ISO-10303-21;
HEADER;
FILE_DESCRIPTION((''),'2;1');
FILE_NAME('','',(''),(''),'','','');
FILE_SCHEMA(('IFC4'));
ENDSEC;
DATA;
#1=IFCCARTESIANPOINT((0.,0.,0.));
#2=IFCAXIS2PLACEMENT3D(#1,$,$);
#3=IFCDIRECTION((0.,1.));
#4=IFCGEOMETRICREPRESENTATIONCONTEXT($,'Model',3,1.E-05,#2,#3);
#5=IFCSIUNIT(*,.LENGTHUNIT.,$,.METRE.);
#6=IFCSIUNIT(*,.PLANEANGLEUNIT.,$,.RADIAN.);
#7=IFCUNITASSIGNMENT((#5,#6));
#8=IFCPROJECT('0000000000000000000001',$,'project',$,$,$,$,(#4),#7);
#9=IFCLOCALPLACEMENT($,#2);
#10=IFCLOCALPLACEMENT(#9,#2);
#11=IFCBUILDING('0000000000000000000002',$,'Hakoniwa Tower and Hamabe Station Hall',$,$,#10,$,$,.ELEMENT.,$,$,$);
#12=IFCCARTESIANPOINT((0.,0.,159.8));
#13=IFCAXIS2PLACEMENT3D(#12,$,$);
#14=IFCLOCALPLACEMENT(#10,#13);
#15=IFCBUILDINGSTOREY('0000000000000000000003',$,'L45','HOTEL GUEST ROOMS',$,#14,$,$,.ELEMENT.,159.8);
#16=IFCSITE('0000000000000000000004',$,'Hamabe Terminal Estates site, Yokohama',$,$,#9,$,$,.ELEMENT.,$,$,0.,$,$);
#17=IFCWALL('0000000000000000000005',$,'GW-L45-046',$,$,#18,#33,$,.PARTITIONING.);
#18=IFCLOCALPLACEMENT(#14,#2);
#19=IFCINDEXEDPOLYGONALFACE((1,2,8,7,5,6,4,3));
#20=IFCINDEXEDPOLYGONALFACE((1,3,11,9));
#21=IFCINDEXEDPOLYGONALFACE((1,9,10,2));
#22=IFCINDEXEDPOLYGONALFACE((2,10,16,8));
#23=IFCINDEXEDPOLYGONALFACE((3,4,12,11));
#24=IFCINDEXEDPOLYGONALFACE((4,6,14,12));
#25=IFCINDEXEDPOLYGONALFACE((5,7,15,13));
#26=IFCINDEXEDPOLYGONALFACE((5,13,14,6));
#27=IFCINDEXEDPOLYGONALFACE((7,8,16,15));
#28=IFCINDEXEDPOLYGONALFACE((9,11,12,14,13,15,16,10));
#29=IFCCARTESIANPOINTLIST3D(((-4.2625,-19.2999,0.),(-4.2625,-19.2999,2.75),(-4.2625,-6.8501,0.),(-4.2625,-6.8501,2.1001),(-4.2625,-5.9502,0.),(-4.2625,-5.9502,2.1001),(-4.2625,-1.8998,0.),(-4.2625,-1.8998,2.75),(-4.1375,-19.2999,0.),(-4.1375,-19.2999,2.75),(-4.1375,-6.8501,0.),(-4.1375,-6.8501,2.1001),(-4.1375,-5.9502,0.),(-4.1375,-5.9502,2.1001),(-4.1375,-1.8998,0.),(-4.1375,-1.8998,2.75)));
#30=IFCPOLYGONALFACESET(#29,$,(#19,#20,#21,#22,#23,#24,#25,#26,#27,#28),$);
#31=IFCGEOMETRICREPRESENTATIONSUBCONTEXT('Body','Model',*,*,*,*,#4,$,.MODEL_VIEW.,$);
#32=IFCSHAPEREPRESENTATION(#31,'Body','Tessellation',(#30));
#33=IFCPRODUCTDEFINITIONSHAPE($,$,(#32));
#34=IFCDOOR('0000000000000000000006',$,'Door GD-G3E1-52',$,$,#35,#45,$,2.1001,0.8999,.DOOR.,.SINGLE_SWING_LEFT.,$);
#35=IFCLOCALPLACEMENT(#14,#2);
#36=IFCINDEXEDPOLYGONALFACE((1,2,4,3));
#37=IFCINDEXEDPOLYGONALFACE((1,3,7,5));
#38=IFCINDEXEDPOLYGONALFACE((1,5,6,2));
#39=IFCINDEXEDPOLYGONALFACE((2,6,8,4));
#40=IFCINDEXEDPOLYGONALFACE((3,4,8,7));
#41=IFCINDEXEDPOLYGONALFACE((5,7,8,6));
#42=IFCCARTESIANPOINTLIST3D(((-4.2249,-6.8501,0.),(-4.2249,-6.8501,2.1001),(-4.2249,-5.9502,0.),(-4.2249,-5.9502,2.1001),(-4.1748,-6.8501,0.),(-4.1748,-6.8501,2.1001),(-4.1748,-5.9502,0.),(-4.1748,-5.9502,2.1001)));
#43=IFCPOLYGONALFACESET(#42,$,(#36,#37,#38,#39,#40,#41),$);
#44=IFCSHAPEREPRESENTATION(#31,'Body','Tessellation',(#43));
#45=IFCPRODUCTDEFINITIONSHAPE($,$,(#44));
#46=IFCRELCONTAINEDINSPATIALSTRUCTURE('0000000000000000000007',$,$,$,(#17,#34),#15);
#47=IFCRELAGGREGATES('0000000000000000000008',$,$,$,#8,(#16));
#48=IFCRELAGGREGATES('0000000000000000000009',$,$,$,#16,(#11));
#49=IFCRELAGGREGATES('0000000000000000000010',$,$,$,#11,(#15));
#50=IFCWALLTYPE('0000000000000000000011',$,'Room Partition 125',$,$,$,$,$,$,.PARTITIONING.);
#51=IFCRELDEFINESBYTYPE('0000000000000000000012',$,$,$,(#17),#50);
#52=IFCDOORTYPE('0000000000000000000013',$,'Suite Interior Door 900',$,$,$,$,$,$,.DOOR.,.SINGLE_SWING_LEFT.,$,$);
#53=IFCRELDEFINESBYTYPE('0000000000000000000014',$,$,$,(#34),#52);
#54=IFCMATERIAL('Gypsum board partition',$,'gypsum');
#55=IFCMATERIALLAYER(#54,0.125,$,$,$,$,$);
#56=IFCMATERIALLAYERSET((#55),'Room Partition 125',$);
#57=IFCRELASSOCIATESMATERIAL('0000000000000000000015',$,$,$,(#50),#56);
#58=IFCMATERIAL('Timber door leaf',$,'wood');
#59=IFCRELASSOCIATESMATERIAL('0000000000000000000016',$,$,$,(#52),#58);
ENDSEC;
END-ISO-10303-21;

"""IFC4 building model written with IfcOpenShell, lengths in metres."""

from ifc_helpers import new_model, si_unit, direction, frame, frame_2d, origin, place, context, subcontext, project, spatial, rectangle, extrude, material, layer, layer_set, type_object, element, fill, save


model = new_model("IFC4")

# Units and contexts
model_context = context("Model", 3, precision=1e-05, world=origin(), true_north=direction((0.0, 1.0)))
body_context = subcontext(model_context, "Body", "Model", "MODEL_VIEW")
ifc_project = project(units=[si_unit("LENGTHUNIT", "METRE"), si_unit("PLANEANGLEUNIT", "RADIAN")], contexts=[model_context])

# Site, building, storey
site_placement = place(None, origin())
site = spatial("IfcSite", under=ifc_project, at=site_placement, Name="Hamabe Terminal Estates site, Yokohama", CompositionType="ELEMENT", RefElevation=0.0)
building_placement = place(site_placement, origin())
building = spatial("IfcBuilding", under=site, at=building_placement, Name="Hakoniwa Tower and Hamabe Station Hall", CompositionType="ELEMENT")
storey_placement = place(building_placement, frame((0.0, 0.0, 159.8)))
storey = spatial("IfcBuildingStorey", under=building, at=storey_placement, Name="L45", Description="HOTEL GUEST ROOMS", CompositionType="ELEMENT", Elevation=159.8)

# Wall, opening, door
ifc_material_1 = material(Name="Gypsum board partition", Category="gypsum")
ifc_layer_1 = layer(ifc_material_1, 0.125)
ifc_layer_set_1 = layer_set([ifc_layer_1], Name="Room Partition 125")
wall_type_1 = type_object("IfcWallType", Name="Room Partition 125", PredefinedType="PARTITIONING", material=ifc_layer_set_1)
wall_1_placement = place(storey_placement, frame((-4.2, -19.3, 0.0), z_axis=(0.0, 0.0, 1.0), x_axis=(0.0, 1.0, 0.0)))
wall_1 = element("IfcWall", 1, at=wall_1_placement, inside=storey, type_object=wall_type_1, Name="GW-L45-046", PredefinedType="PARTITIONING", context=body_context, shape_type="SweptSolid", body=[
    extrude(rectangle(XDim=17.4001, YDim=0.125, at=frame_2d((8.7002, 0.0))), origin(), (0.0, 0.0, 1.0), 2.75),
])
opening_1_placement = place(wall_1_placement, frame((12.45, 0.0, 0.0)))
opening_1 = element("IfcOpeningElement", 2, at=opening_1_placement, cuts=wall_1, PredefinedType="OPENING", context=body_context, shape_type="SweptSolid", body=[
    extrude(rectangle(XDim=0.8999, YDim=2.1001, at=frame_2d((0.45, 1.05))), frame((0.0, 0.0725, 0.0), z_axis=(0.0, -1.0, 0.0), x_axis=(1.0, 0.0, 0.0)), (0.0, 0.0, 1.0), 0.145),
])
ifc_material_2 = material(Name="Timber door leaf", Category="wood")
door_type_1 = type_object("IfcDoorType", Name="Suite Interior Door 900", OperationType="SINGLE_SWING_LEFT", PredefinedType="DOOR", material=ifc_material_2)
door_1_placement = place(opening_1_placement, origin())
door_1 = element("IfcDoor", 3, at=door_1_placement, inside=storey, type_object=door_type_1, Name="Door GD-G3E1-52", OperationType="SINGLE_SWING_LEFT", OverallHeight=2.1001, OverallWidth=0.8999, PredefinedType="DOOR", context=body_context, shape_type="SweptSolid", body=[
    extrude(rectangle(XDim=0.8999, YDim=2.1001, at=frame_2d((0.45, 1.05))), frame((0.0, 0.0249, 0.0), z_axis=(0.0, -1.0, 0.0), x_axis=(1.0, 0.0, 0.0)), (0.0, 0.0, 1.0), 0.05),
])
fill(opening_1, door_1)

save(model, "model.ifc")
